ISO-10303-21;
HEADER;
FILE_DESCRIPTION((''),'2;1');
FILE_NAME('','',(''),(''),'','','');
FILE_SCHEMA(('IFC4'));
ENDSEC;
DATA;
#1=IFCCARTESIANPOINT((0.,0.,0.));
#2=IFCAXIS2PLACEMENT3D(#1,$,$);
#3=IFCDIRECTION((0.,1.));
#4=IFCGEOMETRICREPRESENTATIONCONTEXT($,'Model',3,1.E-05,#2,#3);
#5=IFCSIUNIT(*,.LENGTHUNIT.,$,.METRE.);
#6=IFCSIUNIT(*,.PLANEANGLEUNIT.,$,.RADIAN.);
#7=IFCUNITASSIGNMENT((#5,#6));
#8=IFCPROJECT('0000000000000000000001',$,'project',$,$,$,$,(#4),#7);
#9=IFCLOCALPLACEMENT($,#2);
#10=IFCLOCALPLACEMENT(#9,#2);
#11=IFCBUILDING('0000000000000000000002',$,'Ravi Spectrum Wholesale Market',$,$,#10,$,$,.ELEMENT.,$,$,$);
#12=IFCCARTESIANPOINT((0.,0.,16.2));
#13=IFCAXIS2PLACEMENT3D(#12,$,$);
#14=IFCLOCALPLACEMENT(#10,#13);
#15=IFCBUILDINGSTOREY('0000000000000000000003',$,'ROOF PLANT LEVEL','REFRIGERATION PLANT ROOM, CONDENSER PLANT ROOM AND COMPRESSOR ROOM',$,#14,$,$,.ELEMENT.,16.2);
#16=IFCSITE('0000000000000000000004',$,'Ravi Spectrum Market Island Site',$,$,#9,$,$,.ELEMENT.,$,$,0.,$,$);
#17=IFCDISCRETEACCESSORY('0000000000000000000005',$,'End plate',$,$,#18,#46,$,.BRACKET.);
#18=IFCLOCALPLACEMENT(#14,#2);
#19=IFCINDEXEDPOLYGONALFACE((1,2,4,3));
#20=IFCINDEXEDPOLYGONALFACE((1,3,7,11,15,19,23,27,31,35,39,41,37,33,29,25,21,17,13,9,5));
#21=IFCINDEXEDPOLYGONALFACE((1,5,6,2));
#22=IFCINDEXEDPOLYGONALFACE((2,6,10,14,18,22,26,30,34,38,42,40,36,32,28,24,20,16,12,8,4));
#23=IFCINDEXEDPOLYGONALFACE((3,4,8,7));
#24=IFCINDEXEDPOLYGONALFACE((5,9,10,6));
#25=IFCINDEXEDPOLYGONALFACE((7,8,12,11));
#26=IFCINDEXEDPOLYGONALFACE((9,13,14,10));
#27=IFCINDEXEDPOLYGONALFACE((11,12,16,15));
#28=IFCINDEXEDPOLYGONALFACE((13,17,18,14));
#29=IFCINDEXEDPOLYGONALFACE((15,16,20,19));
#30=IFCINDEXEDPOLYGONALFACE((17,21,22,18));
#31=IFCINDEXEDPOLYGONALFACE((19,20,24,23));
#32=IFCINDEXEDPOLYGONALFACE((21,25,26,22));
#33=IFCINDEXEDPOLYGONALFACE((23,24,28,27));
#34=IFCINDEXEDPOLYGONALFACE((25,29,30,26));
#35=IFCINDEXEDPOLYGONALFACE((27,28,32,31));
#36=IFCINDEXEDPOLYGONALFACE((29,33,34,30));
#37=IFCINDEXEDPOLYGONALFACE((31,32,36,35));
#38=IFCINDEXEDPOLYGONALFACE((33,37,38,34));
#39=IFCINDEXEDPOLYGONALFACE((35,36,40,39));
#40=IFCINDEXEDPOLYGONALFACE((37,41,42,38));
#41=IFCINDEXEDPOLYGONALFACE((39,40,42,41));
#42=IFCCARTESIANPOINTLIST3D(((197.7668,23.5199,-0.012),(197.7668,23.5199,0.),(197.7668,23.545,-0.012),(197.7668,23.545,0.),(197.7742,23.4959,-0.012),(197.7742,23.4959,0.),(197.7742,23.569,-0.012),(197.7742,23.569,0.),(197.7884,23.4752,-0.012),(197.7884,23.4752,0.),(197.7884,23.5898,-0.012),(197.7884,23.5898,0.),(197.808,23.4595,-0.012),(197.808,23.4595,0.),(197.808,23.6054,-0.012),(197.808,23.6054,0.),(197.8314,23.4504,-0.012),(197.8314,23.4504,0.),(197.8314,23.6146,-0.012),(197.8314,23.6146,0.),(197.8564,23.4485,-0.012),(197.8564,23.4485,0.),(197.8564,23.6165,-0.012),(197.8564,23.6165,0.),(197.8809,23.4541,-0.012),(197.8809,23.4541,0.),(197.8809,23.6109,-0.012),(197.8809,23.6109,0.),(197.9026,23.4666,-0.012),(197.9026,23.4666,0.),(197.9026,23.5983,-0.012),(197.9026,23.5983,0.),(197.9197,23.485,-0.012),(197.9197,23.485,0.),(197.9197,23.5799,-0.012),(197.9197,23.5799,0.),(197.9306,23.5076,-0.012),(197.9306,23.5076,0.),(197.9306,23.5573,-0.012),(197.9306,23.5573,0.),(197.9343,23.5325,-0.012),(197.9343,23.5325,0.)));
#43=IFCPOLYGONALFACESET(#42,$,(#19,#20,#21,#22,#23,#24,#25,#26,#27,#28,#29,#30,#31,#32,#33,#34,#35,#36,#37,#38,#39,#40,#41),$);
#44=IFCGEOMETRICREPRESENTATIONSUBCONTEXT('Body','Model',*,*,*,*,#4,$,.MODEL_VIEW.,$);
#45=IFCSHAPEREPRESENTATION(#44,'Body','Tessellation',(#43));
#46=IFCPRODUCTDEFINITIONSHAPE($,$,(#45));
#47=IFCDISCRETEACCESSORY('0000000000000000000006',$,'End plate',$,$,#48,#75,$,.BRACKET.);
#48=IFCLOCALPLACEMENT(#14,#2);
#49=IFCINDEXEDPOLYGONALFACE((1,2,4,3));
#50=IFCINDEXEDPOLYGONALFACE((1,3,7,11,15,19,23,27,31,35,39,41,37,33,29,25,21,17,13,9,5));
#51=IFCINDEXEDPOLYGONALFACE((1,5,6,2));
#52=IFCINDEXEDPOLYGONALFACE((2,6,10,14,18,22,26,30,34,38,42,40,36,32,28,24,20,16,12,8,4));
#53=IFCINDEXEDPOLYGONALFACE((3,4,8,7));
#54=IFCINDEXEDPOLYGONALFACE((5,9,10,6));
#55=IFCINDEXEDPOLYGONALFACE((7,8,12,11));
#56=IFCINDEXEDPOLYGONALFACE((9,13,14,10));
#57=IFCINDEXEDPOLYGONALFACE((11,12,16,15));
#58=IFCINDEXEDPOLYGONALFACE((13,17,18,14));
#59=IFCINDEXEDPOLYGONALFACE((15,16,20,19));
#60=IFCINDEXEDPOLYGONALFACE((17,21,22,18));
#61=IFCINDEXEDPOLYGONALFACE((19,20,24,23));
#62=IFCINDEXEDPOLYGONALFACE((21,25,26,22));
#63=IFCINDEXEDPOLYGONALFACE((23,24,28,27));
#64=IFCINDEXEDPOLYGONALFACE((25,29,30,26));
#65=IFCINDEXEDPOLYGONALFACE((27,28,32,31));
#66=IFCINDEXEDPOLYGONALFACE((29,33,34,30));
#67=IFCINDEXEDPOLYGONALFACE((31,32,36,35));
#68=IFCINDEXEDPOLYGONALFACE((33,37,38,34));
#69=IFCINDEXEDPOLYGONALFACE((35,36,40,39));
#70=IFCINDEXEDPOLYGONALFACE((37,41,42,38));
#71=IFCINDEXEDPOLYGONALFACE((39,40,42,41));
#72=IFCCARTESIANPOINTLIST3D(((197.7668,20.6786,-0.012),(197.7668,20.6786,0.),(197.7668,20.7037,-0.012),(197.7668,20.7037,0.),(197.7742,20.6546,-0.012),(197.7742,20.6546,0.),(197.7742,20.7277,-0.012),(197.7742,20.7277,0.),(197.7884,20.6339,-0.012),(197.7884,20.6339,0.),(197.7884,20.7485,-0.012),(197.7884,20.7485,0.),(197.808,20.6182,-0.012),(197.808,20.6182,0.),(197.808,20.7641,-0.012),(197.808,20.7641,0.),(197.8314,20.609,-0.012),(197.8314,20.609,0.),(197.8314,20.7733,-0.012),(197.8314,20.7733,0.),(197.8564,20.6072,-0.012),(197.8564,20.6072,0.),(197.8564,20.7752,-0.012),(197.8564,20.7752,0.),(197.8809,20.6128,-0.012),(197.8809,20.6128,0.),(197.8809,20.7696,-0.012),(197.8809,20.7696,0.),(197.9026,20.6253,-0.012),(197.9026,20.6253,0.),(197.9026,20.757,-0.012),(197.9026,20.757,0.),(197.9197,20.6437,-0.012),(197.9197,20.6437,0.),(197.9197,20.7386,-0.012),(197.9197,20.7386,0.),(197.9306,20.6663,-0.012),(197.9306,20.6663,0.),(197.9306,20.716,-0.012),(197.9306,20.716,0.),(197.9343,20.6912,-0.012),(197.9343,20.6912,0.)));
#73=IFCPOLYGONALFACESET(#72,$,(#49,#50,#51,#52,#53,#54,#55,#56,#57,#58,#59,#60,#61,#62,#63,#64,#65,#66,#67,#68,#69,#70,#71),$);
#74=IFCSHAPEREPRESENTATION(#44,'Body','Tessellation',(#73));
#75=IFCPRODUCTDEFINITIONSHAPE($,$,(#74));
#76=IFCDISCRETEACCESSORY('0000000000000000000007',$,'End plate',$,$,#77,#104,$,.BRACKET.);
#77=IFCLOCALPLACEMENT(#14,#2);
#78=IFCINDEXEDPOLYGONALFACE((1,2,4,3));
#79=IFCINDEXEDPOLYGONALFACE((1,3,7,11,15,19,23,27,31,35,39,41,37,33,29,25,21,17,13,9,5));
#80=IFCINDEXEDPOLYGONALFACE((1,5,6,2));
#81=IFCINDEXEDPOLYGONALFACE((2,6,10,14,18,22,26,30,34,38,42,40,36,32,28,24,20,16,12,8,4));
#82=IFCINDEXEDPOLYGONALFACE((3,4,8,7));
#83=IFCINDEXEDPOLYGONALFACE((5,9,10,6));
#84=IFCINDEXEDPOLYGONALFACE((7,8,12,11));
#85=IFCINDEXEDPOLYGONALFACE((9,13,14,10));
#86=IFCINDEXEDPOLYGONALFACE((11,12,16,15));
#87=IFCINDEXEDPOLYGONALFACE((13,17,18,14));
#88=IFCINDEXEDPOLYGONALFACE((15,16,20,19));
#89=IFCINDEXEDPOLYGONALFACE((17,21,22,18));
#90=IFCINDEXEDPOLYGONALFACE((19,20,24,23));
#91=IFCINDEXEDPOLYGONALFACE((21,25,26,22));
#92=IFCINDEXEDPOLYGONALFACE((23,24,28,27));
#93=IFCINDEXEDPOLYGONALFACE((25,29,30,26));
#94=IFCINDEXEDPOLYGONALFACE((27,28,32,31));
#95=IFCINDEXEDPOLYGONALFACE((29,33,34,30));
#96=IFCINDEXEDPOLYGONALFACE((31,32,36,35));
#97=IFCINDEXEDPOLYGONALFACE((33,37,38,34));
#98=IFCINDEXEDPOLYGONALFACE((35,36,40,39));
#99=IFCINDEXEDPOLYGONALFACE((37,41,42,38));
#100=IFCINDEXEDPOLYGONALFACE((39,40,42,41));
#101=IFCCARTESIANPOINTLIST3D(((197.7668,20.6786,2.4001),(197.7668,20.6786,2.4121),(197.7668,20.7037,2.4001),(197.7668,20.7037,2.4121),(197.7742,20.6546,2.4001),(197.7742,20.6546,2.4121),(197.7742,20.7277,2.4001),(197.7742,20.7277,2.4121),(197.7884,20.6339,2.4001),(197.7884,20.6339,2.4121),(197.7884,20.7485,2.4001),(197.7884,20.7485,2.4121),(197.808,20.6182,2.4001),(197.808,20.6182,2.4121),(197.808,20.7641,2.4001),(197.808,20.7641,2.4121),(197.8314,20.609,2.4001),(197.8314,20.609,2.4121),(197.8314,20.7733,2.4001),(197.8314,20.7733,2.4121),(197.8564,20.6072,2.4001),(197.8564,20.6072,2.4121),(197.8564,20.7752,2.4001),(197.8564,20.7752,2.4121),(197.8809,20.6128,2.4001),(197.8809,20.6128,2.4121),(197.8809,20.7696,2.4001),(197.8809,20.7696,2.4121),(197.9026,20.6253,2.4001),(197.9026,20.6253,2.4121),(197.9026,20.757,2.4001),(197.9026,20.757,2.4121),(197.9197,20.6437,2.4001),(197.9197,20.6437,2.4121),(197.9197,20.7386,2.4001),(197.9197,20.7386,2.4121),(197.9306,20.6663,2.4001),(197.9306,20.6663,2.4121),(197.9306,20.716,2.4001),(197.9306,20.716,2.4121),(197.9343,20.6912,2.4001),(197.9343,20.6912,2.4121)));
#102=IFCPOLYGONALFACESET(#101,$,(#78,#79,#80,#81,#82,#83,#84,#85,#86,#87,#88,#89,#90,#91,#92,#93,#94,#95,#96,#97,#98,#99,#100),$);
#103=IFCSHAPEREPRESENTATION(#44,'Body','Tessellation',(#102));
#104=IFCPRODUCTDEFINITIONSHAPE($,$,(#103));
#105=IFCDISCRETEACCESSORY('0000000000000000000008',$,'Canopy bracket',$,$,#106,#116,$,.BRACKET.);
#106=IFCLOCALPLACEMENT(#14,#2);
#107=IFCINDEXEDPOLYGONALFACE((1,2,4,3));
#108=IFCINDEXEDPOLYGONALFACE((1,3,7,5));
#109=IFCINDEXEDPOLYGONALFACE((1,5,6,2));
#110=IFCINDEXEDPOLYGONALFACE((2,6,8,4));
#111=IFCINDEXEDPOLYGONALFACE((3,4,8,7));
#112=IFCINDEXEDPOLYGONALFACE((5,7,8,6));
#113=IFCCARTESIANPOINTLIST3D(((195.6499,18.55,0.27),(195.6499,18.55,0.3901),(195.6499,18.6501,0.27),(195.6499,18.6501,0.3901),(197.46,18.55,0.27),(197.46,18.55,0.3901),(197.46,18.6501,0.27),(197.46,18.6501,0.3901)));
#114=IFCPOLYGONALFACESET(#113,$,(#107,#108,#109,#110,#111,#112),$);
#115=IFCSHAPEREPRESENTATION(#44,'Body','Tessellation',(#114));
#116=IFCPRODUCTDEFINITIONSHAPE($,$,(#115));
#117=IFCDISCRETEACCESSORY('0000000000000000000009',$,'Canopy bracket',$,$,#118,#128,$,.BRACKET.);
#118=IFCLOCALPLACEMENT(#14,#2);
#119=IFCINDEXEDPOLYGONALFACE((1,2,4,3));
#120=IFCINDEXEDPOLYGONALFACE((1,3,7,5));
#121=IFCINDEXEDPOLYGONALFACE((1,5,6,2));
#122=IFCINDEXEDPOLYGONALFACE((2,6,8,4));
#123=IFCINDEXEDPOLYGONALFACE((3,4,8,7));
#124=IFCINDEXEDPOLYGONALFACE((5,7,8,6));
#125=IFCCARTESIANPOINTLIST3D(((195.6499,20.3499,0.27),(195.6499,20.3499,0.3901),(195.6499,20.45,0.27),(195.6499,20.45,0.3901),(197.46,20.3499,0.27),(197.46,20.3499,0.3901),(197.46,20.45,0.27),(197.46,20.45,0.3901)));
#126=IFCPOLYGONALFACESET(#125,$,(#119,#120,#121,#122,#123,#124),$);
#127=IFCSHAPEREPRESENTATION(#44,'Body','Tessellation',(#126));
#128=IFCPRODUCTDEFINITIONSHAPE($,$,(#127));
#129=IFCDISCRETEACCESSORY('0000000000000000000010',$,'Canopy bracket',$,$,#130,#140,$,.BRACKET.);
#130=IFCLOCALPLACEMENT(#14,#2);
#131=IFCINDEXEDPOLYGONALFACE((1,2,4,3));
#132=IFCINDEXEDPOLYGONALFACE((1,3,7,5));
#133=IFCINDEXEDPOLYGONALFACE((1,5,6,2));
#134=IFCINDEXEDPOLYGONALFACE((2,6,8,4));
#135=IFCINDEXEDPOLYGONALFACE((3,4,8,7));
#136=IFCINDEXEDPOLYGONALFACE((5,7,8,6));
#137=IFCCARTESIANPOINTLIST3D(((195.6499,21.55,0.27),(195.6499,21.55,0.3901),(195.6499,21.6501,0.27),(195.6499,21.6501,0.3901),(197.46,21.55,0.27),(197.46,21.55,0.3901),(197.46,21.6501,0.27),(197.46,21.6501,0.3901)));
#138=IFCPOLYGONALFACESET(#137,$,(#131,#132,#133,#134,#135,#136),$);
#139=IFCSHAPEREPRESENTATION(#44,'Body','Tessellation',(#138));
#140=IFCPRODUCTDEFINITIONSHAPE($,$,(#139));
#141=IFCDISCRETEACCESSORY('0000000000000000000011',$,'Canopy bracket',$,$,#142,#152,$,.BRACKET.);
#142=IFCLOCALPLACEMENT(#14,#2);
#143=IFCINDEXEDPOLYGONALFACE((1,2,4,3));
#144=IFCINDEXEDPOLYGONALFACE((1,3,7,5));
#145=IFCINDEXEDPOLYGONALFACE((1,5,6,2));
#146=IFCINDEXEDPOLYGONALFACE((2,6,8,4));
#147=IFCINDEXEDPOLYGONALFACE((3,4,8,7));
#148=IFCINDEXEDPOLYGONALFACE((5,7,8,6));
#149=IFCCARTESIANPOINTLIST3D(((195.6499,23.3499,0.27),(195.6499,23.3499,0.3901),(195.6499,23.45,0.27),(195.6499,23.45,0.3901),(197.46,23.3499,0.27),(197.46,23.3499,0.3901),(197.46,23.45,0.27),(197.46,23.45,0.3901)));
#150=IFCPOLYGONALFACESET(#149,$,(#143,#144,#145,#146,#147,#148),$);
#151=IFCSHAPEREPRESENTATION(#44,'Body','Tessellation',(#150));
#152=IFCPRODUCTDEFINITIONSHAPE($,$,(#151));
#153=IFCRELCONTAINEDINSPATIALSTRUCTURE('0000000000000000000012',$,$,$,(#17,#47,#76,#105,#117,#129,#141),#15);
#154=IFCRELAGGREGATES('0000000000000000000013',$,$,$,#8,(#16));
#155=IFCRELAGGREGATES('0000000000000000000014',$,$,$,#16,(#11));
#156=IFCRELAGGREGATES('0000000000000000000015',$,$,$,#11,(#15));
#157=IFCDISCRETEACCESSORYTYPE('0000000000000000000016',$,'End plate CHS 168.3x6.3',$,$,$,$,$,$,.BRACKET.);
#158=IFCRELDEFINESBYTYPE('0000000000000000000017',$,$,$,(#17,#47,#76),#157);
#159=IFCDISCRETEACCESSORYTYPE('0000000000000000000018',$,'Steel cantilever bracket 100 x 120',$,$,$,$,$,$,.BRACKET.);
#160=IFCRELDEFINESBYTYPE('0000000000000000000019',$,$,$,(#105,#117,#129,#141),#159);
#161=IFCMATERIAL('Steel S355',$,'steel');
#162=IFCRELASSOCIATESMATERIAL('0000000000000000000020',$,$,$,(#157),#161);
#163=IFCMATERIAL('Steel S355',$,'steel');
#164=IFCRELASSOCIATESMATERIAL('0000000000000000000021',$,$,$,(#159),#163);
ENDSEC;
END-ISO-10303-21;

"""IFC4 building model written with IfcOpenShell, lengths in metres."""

from ifc_helpers import new_model, si_unit, direction, frame, origin, origin_2d, place, context, subcontext, project, spatial, rectangle, circle, extrude, material, material_profile, profile_set, type_object, element, save


model = new_model("IFC4")

# Units and contexts
model_context = context("Model", 3, precision=1e-05, world=origin(), true_north=direction((0.0, 1.0)))
body_context = subcontext(model_context, "Body", "Model", "MODEL_VIEW")
ifc_project = project(units=[si_unit("LENGTHUNIT", "METRE"), si_unit("PLANEANGLEUNIT", "RADIAN")], contexts=[model_context])

# Site, building, storey
site_placement = place(None, origin())
site = spatial("IfcSite", under=ifc_project, at=site_placement, Name="Ravi Spectrum Market Island Site", CompositionType="ELEMENT", RefElevation=0.0)
building_placement = place(site_placement, origin())
building = spatial("IfcBuilding", under=site, at=building_placement, Name="Ravi Spectrum Wholesale Market", CompositionType="ELEMENT")
storey_placement = place(building_placement, frame((0.0, 0.0, 16.2)))
storey = spatial("IfcBuildingStorey", under=building, at=storey_placement, Name="ROOF PLANT LEVEL", Description="REFRIGERATION PLANT ROOM, CONDENSER PLANT ROOM AND COMPRESSOR ROOM", CompositionType="ELEMENT", Elevation=16.2)

# Discrete accessories
ifc_material_1 = material(Name="Steel S355", Category="steel")
ifc_material_profile_1 = material_profile(ifc_material_1, circle(Radius=0.0842, at=origin_2d()))
ifc_profile_set_1 = profile_set([ifc_material_profile_1], Name="Steel S355")
discrete_accessory_type_1 = type_object("IfcDiscreteAccessoryType", Name="End plate CHS 168.3x6.3", PredefinedType="BRACKET", material=ifc_profile_set_1)
for number, where, z_axis, x_axis, name in (
    (1, (197.8501, 23.5325, 0.0), (0.0, 0.0, -1.0), (1.0, 0.0, 0.0), "End plate"),
    (2, (197.8501, 20.6912, 0.0), (0.0, 0.0, -1.0), (1.0, 0.0, 0.0), "End plate"),
    (3, (197.8501, 20.6912, 2.4001), (0.0, 0.0, 1.0), (1.0, 0.0, 0.0), "End plate"),
):
    element("IfcDiscreteAccessory", number, at=place(storey_placement, frame(where, z_axis=z_axis, x_axis=x_axis)), inside=storey, type_object=discrete_accessory_type_1, Name=name, PredefinedType="BRACKET", context=body_context, shape_type="SweptSolid", body=[
        extrude(circle(Radius=0.0842, at=origin_2d()), origin(), (0.0, 0.0, 1.0), 0.012),
    ])
ifc_material_2 = material(Name="Steel S355", Category="steel")
discrete_accessory_type_2 = type_object("IfcDiscreteAccessoryType", Name="Steel cantilever bracket 100 x 120", PredefinedType="BRACKET", material=ifc_material_2)
for number, where, z_axis, x_axis, name in (
    (4, (196.5549, 18.6001, 0.27), (0.0, 0.0, 1.0), (1.0, 0.0, 0.0), "Canopy bracket"),
    (5, (196.5549, 20.3999, 0.27), (0.0, 0.0, 1.0), (1.0, 0.0, 0.0), "Canopy bracket"),
    (6, (196.5549, 21.6001, 0.27), (0.0, 0.0, 1.0), (1.0, 0.0, 0.0), "Canopy bracket"),
    (7, (196.5549, 23.3999, 0.27), (0.0, 0.0, 1.0), (1.0, 0.0, 0.0), "Canopy bracket"),
):
    element("IfcDiscreteAccessory", number, at=place(storey_placement, frame(where, z_axis=z_axis, x_axis=x_axis)), inside=storey, type_object=discrete_accessory_type_2, Name=name, PredefinedType="BRACKET", context=body_context, shape_type="SweptSolid", body=[
        extrude(rectangle(XDim=1.8101, YDim=0.1001, at=origin_2d()), origin(), (0.0, 0.0, 1.0), 0.1201),
    ])

save(model, "model.ifc")
